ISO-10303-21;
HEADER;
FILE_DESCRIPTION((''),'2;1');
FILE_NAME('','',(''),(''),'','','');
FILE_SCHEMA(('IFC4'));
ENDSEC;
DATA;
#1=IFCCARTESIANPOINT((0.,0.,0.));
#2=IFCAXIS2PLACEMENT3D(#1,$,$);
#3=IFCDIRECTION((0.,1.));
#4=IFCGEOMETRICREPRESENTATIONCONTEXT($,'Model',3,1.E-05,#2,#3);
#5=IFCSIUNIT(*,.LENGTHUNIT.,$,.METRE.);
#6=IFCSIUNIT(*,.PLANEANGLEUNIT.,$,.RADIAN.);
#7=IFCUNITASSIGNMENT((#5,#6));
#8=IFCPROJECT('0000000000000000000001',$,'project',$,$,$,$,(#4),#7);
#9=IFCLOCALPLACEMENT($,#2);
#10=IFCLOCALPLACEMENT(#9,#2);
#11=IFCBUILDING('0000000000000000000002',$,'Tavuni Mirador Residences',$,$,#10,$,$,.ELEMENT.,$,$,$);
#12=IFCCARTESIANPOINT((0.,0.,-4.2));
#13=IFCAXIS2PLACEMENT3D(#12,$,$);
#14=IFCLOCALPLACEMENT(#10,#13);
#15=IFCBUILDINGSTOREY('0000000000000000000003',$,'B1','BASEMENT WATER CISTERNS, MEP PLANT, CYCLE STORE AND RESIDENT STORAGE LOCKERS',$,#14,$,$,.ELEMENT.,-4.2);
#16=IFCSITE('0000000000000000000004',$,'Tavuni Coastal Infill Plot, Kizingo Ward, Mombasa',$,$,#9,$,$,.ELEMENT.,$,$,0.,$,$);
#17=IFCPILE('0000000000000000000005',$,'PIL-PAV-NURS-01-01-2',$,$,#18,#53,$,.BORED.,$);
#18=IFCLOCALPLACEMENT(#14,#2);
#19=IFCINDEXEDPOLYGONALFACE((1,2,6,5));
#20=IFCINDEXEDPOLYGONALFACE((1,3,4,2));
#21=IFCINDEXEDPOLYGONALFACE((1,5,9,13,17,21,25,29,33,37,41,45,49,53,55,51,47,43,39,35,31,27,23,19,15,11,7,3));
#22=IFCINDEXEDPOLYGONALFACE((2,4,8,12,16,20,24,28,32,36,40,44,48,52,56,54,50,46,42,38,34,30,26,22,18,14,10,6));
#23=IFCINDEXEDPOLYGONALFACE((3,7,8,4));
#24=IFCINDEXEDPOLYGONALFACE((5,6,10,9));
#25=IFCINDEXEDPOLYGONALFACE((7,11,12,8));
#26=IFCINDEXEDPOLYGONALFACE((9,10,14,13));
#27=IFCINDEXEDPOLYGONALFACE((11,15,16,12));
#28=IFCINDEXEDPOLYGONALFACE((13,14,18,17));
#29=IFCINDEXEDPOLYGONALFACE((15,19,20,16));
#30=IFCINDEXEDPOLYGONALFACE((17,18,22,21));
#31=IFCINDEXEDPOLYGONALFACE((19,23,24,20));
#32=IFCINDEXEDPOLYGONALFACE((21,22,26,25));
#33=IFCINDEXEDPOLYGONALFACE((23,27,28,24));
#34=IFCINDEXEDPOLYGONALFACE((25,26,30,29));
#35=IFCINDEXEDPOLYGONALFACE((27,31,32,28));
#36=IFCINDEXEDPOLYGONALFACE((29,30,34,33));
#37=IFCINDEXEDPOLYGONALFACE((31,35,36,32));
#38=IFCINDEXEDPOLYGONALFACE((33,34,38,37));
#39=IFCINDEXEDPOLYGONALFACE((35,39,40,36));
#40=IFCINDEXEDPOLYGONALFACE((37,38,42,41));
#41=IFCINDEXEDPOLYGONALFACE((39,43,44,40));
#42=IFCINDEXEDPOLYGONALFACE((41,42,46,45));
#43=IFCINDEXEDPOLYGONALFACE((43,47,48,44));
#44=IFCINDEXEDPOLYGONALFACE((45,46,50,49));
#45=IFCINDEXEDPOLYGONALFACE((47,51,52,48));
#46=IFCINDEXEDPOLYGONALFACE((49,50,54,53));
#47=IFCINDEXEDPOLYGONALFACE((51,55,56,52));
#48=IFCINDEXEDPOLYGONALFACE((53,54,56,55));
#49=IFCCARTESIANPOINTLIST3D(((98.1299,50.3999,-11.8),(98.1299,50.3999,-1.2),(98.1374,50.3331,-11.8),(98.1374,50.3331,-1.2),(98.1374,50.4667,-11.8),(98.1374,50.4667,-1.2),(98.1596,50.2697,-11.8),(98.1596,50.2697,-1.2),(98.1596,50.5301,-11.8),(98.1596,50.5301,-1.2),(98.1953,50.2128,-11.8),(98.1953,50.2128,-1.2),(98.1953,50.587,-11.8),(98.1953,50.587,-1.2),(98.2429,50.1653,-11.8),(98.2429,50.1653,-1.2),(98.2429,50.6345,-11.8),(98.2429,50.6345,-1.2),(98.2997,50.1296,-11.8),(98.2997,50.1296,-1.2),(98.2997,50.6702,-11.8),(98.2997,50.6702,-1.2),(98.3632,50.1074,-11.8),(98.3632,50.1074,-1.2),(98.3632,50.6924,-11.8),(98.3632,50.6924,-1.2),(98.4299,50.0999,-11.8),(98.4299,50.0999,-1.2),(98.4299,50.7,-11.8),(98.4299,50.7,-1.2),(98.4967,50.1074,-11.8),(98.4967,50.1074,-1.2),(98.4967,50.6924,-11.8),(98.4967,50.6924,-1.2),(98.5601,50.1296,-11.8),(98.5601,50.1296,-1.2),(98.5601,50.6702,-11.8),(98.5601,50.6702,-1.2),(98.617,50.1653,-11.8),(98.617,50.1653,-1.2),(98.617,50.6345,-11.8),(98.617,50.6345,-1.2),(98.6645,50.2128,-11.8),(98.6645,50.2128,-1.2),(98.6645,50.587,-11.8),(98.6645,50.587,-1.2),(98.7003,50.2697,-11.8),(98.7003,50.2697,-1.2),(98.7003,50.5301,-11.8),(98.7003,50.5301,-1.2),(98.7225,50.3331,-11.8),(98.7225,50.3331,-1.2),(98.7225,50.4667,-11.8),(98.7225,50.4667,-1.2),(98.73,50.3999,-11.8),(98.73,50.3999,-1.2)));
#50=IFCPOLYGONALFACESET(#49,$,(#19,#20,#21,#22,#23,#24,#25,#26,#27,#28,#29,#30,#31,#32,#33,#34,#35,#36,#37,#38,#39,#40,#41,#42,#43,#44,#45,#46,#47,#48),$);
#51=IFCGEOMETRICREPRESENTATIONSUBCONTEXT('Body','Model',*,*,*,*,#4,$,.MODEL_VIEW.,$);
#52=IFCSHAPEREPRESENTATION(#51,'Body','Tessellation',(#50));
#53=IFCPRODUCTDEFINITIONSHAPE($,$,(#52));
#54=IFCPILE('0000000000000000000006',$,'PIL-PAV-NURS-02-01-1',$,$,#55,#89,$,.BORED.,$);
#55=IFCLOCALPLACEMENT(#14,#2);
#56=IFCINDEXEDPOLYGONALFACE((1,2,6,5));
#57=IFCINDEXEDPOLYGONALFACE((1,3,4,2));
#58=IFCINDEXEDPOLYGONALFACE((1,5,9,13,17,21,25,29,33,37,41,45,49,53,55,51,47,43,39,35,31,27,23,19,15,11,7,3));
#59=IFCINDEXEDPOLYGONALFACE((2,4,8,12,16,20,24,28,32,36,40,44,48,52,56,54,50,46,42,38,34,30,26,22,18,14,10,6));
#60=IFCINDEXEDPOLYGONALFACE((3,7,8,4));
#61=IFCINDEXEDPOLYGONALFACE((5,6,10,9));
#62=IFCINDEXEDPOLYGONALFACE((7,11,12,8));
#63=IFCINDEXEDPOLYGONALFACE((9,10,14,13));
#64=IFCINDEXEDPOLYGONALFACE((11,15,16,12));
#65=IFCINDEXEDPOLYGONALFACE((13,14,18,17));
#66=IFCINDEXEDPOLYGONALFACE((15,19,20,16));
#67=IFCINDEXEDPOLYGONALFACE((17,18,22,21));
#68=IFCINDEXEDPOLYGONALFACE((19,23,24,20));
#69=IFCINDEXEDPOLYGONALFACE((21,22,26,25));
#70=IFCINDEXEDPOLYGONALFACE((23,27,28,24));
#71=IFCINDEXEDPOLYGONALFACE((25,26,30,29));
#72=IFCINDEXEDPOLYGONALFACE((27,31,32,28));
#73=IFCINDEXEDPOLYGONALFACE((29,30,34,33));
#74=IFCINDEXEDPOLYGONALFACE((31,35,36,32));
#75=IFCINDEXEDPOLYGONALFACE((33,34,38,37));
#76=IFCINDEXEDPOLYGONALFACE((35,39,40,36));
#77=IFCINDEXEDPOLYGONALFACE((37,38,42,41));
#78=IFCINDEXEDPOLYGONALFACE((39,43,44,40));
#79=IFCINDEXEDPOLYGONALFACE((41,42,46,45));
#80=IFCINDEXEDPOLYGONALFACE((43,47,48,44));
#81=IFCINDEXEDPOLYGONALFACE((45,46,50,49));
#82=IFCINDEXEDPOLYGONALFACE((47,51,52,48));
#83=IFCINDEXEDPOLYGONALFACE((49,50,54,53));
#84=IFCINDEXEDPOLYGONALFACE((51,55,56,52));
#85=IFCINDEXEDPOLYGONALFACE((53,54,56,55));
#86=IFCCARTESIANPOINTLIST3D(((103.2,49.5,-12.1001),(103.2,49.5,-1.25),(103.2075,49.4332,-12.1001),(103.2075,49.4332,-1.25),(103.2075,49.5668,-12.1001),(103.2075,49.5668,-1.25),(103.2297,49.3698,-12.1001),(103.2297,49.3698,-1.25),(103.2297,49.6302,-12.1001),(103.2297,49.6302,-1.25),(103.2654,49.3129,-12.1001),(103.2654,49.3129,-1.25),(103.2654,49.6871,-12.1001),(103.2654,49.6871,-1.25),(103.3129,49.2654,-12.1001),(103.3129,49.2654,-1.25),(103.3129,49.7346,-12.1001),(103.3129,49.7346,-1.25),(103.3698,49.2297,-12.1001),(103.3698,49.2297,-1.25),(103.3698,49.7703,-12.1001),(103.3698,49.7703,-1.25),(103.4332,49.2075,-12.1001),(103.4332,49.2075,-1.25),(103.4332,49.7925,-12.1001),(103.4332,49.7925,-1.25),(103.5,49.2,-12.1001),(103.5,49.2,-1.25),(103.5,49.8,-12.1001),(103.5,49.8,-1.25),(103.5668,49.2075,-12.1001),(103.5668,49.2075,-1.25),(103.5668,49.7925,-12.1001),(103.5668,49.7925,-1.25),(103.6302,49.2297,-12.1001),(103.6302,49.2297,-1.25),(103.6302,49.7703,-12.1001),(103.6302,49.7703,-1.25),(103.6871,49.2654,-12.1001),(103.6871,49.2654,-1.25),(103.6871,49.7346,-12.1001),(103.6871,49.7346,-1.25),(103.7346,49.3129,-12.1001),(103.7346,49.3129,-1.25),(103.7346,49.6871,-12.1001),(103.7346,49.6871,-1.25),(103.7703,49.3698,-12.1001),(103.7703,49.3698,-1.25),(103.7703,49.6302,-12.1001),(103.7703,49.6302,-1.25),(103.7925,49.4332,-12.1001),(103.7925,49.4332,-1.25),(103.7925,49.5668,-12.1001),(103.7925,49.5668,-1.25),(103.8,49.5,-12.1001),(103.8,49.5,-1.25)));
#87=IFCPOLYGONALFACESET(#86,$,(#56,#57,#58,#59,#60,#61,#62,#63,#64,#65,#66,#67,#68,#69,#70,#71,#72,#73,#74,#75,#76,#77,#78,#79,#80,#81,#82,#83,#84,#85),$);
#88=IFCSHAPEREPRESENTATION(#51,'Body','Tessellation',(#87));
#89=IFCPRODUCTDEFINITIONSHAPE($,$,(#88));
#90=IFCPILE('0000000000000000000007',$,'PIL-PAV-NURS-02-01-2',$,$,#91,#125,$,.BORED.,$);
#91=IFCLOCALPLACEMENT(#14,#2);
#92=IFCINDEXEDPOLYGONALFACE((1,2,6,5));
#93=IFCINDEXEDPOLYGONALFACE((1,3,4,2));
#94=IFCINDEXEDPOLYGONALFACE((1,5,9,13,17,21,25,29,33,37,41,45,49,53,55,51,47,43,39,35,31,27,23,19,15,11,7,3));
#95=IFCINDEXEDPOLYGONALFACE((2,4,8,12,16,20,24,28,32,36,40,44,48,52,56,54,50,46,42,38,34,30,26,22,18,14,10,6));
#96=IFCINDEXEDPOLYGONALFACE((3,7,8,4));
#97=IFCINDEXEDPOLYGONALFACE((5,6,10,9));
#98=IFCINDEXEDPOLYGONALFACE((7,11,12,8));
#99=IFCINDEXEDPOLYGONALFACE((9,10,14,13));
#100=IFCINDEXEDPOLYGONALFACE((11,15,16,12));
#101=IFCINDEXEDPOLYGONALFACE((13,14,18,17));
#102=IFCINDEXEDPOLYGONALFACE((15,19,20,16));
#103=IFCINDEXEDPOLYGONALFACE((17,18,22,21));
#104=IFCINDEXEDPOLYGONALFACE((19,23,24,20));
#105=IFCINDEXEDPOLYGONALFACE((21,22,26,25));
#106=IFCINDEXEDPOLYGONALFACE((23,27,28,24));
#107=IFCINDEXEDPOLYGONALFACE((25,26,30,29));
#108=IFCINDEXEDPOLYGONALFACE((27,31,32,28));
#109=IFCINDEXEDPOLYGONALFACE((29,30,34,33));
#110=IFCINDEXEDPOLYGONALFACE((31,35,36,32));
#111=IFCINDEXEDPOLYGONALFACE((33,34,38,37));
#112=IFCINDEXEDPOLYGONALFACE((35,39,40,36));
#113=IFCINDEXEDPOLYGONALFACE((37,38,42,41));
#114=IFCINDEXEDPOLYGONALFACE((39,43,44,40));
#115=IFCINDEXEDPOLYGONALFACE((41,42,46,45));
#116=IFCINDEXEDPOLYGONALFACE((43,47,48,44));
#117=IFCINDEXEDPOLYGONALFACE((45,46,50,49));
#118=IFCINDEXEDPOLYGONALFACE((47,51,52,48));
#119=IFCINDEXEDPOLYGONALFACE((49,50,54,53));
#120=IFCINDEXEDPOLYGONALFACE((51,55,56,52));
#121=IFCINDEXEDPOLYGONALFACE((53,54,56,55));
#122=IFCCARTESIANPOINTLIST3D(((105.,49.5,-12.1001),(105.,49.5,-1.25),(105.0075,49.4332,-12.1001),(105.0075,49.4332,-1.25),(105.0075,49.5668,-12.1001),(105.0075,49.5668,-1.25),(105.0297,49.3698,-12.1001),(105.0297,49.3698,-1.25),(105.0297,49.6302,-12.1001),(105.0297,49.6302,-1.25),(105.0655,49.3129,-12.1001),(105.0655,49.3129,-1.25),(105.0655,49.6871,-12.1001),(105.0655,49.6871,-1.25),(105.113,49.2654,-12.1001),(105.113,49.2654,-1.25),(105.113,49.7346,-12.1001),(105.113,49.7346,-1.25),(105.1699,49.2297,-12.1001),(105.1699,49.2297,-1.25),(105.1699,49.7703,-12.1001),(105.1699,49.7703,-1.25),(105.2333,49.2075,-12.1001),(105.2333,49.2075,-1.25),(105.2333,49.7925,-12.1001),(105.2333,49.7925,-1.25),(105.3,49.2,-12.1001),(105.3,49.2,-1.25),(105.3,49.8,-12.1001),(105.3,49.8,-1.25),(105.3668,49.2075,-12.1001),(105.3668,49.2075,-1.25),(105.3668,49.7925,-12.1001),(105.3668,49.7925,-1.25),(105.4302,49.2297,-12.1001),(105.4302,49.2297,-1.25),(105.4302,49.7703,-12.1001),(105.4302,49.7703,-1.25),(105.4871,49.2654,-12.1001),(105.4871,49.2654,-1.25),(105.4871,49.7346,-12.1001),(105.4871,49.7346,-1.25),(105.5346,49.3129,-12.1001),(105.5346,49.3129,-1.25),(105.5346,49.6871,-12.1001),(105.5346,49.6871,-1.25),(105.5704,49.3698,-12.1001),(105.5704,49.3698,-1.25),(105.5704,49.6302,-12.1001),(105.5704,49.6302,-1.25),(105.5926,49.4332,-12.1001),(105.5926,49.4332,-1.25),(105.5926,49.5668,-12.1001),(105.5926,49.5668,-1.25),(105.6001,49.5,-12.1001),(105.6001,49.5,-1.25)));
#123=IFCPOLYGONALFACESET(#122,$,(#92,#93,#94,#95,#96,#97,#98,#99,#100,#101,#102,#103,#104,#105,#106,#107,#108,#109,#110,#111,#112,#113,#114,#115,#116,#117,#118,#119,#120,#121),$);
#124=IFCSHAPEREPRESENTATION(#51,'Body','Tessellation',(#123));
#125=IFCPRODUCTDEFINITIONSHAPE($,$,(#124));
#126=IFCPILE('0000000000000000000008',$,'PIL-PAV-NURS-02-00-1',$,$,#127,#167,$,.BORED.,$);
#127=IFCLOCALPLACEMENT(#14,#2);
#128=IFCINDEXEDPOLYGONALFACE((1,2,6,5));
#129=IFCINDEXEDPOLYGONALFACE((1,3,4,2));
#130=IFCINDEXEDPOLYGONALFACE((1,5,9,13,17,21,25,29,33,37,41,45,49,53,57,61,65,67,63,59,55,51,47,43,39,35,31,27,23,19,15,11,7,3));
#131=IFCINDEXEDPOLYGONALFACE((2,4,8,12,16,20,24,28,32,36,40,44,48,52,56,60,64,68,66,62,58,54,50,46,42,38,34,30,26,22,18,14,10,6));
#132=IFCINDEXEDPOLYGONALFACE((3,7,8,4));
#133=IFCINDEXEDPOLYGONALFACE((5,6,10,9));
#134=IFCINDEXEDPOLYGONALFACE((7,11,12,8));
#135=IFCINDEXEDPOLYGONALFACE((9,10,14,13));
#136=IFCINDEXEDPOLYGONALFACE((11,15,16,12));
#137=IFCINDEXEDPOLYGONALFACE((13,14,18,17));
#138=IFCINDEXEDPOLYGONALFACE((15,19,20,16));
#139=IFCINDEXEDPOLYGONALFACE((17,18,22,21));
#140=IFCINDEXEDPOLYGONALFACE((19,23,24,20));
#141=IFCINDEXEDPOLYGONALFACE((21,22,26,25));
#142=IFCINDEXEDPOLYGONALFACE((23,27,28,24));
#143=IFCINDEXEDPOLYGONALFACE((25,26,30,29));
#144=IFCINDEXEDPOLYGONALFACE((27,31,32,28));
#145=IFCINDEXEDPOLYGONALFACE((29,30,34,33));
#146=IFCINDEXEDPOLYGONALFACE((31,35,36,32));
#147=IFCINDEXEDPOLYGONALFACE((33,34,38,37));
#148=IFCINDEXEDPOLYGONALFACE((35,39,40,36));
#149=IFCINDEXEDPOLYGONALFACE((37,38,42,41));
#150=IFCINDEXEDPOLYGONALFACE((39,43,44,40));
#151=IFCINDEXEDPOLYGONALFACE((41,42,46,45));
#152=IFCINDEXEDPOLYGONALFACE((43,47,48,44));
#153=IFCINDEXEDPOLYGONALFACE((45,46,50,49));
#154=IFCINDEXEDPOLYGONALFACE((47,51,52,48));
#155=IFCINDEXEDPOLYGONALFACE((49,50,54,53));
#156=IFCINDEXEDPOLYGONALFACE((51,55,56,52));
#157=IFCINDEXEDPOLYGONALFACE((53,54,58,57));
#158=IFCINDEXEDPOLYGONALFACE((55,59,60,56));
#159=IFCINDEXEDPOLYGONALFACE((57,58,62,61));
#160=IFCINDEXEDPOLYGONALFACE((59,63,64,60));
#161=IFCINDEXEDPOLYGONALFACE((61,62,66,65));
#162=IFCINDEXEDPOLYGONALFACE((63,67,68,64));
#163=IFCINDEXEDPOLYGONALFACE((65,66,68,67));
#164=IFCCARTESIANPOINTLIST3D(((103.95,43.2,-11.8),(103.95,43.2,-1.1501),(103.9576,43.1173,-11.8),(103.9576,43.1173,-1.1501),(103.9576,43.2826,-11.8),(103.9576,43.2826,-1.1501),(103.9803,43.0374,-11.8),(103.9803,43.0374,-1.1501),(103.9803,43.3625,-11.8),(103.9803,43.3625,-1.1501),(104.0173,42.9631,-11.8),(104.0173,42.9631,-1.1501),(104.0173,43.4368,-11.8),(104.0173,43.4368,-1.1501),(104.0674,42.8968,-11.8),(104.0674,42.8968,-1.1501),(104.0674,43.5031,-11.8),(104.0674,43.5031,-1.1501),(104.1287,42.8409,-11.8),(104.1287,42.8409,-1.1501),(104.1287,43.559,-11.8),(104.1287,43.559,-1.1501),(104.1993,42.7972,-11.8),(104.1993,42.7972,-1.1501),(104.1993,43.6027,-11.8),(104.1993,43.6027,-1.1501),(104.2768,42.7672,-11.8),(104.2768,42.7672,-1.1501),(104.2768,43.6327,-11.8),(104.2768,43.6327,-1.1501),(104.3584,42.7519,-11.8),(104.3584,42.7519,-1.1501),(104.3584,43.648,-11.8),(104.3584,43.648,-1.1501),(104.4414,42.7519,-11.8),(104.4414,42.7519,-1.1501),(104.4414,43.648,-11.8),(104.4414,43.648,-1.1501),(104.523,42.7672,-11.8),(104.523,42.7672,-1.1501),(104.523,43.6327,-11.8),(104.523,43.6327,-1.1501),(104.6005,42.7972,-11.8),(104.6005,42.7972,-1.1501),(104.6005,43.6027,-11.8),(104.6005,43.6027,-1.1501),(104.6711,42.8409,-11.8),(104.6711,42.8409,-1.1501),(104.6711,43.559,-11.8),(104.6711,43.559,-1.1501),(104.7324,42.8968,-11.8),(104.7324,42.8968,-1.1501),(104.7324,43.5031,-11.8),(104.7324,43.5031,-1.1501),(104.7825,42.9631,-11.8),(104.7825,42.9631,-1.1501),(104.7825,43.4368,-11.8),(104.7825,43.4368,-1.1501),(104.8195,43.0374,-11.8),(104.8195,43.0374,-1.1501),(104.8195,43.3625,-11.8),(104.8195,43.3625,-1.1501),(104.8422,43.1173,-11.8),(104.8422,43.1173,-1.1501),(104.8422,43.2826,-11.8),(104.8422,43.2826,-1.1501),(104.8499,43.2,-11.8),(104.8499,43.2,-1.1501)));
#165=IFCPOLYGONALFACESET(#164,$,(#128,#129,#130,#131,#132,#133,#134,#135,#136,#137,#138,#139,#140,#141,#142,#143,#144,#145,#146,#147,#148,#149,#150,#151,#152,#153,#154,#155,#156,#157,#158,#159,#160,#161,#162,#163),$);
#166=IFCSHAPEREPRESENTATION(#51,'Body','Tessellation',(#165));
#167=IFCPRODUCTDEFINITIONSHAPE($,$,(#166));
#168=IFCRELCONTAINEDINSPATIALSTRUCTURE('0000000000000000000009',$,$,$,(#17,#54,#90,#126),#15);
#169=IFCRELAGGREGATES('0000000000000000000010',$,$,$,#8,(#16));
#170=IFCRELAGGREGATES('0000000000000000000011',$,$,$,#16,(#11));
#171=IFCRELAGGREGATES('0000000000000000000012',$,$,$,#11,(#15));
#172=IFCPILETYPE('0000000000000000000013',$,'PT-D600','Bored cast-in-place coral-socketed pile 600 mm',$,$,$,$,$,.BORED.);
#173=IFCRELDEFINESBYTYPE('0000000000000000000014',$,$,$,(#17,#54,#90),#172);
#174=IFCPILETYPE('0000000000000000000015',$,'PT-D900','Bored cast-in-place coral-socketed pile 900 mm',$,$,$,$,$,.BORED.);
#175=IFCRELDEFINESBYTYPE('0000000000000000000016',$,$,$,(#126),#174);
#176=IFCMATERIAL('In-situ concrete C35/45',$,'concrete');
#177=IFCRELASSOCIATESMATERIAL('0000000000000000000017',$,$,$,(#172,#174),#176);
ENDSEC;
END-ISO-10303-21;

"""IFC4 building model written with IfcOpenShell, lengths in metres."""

from ifc_helpers import new_model, si_unit, direction, frame, origin, origin_2d, place, context, subcontext, project, spatial, circle, extrude, material, material_profile, profile_set, type_object, element, save


model = new_model("IFC4")

# Units and contexts
model_context = context("Model", 3, precision=1e-05, world=origin(), true_north=direction((0.0, 1.0)))
body_context = subcontext(model_context, "Body", "Model", "MODEL_VIEW")
ifc_project = project(units=[si_unit("LENGTHUNIT", "METRE"), si_unit("PLANEANGLEUNIT", "RADIAN")], contexts=[model_context])

# Site, building, storey
site_placement = place(None, origin())
site = spatial("IfcSite", under=ifc_project, at=site_placement, Name="Tavuni Coastal Infill Plot, Kizingo Ward, Mombasa", CompositionType="ELEMENT", RefElevation=0.0)
building_placement = place(site_placement, origin())
building = spatial("IfcBuilding", under=site, at=building_placement, Name="Tavuni Mirador Residences", CompositionType="ELEMENT")
storey_placement = place(building_placement, frame((0.0, 0.0, -4.2)))
storey = spatial("IfcBuildingStorey", under=building, at=storey_placement, Name="B1", Description="BASEMENT WATER CISTERNS, MEP PLANT, CYCLE STORE AND RESIDENT STORAGE LOCKERS", CompositionType="ELEMENT", Elevation=-4.2)

# Shared definitions
ifc_material_1 = material(Name="In-situ concrete C35/45", Category="concrete")

# Piles
ifc_material_profile_1 = material_profile(ifc_material_1, circle(Radius=0.3, at=origin_2d()), Name="PILE D600", Category="concrete")
ifc_profile_set_1 = profile_set([ifc_material_profile_1], Name="In-situ concrete C35/45")
pile_type_1 = type_object("IfcPileType", Name="PT-D600", Description="Bored cast-in-place coral-socketed pile 600 mm", PredefinedType="BORED", material=ifc_profile_set_1)
pile_1_placement = place(storey_placement, frame((98.4299, 50.3999, -1.2), z_axis=(0.0, 0.0, -1.0), x_axis=(1.0, 0.0, 0.0)))
element("IfcPile", 1, at=pile_1_placement, inside=storey, type_object=pile_type_1, Name="PIL-PAV-NURS-01-01-2", PredefinedType="BORED", context=body_context, shape_type="SweptSolid", body=[
    extrude(circle(Radius=0.3, at=origin_2d()), origin(), (0.0, 0.0, 1.0), 10.6001),
])
for number, where, z_axis, x_axis, name in (
    (2, (103.5, 49.5, -1.25), (0.0, 0.0, -1.0), (1.0, 0.0, 0.0), "PIL-PAV-NURS-02-01-1"),
    (3, (105.3, 49.5, -1.25), (0.0, 0.0, -1.0), (1.0, 0.0, 0.0), "PIL-PAV-NURS-02-01-2"),
):
    element("IfcPile", number, at=place(storey_placement, frame(where, z_axis=z_axis, x_axis=x_axis)), inside=storey, type_object=pile_type_1, Name=name, PredefinedType="BORED", context=body_context, shape_type="SweptSolid", body=[
        extrude(circle(Radius=0.3, at=origin_2d()), origin(), (0.0, 0.0, 1.0), 10.8501),
    ])
ifc_material_profile_2 = material_profile(ifc_material_1, circle(Radius=0.45, at=origin_2d()), Name="PILE D900", Category="concrete")
ifc_profile_set_2 = profile_set([ifc_material_profile_2], Name="In-situ concrete C35/45")
pile_type_2 = type_object("IfcPileType", Name="PT-D900", Description="Bored cast-in-place coral-socketed pile 900 mm", PredefinedType="BORED", material=ifc_profile_set_2)
pile_2_placement = place(storey_placement, frame((104.3999, 43.2, -1.1501), z_axis=(0.0, 0.0, -1.0), x_axis=(1.0, 0.0, 0.0)))
element("IfcPile", 4, at=pile_2_placement, inside=storey, type_object=pile_type_2, Name="PIL-PAV-NURS-02-00-1", PredefinedType="BORED", context=body_context, shape_type="SweptSolid", body=[
    extrude(circle(Radius=0.45, at=origin_2d()), origin(), (0.0, 0.0, 1.0), 10.6499),
])

save(model, "model.ifc")
